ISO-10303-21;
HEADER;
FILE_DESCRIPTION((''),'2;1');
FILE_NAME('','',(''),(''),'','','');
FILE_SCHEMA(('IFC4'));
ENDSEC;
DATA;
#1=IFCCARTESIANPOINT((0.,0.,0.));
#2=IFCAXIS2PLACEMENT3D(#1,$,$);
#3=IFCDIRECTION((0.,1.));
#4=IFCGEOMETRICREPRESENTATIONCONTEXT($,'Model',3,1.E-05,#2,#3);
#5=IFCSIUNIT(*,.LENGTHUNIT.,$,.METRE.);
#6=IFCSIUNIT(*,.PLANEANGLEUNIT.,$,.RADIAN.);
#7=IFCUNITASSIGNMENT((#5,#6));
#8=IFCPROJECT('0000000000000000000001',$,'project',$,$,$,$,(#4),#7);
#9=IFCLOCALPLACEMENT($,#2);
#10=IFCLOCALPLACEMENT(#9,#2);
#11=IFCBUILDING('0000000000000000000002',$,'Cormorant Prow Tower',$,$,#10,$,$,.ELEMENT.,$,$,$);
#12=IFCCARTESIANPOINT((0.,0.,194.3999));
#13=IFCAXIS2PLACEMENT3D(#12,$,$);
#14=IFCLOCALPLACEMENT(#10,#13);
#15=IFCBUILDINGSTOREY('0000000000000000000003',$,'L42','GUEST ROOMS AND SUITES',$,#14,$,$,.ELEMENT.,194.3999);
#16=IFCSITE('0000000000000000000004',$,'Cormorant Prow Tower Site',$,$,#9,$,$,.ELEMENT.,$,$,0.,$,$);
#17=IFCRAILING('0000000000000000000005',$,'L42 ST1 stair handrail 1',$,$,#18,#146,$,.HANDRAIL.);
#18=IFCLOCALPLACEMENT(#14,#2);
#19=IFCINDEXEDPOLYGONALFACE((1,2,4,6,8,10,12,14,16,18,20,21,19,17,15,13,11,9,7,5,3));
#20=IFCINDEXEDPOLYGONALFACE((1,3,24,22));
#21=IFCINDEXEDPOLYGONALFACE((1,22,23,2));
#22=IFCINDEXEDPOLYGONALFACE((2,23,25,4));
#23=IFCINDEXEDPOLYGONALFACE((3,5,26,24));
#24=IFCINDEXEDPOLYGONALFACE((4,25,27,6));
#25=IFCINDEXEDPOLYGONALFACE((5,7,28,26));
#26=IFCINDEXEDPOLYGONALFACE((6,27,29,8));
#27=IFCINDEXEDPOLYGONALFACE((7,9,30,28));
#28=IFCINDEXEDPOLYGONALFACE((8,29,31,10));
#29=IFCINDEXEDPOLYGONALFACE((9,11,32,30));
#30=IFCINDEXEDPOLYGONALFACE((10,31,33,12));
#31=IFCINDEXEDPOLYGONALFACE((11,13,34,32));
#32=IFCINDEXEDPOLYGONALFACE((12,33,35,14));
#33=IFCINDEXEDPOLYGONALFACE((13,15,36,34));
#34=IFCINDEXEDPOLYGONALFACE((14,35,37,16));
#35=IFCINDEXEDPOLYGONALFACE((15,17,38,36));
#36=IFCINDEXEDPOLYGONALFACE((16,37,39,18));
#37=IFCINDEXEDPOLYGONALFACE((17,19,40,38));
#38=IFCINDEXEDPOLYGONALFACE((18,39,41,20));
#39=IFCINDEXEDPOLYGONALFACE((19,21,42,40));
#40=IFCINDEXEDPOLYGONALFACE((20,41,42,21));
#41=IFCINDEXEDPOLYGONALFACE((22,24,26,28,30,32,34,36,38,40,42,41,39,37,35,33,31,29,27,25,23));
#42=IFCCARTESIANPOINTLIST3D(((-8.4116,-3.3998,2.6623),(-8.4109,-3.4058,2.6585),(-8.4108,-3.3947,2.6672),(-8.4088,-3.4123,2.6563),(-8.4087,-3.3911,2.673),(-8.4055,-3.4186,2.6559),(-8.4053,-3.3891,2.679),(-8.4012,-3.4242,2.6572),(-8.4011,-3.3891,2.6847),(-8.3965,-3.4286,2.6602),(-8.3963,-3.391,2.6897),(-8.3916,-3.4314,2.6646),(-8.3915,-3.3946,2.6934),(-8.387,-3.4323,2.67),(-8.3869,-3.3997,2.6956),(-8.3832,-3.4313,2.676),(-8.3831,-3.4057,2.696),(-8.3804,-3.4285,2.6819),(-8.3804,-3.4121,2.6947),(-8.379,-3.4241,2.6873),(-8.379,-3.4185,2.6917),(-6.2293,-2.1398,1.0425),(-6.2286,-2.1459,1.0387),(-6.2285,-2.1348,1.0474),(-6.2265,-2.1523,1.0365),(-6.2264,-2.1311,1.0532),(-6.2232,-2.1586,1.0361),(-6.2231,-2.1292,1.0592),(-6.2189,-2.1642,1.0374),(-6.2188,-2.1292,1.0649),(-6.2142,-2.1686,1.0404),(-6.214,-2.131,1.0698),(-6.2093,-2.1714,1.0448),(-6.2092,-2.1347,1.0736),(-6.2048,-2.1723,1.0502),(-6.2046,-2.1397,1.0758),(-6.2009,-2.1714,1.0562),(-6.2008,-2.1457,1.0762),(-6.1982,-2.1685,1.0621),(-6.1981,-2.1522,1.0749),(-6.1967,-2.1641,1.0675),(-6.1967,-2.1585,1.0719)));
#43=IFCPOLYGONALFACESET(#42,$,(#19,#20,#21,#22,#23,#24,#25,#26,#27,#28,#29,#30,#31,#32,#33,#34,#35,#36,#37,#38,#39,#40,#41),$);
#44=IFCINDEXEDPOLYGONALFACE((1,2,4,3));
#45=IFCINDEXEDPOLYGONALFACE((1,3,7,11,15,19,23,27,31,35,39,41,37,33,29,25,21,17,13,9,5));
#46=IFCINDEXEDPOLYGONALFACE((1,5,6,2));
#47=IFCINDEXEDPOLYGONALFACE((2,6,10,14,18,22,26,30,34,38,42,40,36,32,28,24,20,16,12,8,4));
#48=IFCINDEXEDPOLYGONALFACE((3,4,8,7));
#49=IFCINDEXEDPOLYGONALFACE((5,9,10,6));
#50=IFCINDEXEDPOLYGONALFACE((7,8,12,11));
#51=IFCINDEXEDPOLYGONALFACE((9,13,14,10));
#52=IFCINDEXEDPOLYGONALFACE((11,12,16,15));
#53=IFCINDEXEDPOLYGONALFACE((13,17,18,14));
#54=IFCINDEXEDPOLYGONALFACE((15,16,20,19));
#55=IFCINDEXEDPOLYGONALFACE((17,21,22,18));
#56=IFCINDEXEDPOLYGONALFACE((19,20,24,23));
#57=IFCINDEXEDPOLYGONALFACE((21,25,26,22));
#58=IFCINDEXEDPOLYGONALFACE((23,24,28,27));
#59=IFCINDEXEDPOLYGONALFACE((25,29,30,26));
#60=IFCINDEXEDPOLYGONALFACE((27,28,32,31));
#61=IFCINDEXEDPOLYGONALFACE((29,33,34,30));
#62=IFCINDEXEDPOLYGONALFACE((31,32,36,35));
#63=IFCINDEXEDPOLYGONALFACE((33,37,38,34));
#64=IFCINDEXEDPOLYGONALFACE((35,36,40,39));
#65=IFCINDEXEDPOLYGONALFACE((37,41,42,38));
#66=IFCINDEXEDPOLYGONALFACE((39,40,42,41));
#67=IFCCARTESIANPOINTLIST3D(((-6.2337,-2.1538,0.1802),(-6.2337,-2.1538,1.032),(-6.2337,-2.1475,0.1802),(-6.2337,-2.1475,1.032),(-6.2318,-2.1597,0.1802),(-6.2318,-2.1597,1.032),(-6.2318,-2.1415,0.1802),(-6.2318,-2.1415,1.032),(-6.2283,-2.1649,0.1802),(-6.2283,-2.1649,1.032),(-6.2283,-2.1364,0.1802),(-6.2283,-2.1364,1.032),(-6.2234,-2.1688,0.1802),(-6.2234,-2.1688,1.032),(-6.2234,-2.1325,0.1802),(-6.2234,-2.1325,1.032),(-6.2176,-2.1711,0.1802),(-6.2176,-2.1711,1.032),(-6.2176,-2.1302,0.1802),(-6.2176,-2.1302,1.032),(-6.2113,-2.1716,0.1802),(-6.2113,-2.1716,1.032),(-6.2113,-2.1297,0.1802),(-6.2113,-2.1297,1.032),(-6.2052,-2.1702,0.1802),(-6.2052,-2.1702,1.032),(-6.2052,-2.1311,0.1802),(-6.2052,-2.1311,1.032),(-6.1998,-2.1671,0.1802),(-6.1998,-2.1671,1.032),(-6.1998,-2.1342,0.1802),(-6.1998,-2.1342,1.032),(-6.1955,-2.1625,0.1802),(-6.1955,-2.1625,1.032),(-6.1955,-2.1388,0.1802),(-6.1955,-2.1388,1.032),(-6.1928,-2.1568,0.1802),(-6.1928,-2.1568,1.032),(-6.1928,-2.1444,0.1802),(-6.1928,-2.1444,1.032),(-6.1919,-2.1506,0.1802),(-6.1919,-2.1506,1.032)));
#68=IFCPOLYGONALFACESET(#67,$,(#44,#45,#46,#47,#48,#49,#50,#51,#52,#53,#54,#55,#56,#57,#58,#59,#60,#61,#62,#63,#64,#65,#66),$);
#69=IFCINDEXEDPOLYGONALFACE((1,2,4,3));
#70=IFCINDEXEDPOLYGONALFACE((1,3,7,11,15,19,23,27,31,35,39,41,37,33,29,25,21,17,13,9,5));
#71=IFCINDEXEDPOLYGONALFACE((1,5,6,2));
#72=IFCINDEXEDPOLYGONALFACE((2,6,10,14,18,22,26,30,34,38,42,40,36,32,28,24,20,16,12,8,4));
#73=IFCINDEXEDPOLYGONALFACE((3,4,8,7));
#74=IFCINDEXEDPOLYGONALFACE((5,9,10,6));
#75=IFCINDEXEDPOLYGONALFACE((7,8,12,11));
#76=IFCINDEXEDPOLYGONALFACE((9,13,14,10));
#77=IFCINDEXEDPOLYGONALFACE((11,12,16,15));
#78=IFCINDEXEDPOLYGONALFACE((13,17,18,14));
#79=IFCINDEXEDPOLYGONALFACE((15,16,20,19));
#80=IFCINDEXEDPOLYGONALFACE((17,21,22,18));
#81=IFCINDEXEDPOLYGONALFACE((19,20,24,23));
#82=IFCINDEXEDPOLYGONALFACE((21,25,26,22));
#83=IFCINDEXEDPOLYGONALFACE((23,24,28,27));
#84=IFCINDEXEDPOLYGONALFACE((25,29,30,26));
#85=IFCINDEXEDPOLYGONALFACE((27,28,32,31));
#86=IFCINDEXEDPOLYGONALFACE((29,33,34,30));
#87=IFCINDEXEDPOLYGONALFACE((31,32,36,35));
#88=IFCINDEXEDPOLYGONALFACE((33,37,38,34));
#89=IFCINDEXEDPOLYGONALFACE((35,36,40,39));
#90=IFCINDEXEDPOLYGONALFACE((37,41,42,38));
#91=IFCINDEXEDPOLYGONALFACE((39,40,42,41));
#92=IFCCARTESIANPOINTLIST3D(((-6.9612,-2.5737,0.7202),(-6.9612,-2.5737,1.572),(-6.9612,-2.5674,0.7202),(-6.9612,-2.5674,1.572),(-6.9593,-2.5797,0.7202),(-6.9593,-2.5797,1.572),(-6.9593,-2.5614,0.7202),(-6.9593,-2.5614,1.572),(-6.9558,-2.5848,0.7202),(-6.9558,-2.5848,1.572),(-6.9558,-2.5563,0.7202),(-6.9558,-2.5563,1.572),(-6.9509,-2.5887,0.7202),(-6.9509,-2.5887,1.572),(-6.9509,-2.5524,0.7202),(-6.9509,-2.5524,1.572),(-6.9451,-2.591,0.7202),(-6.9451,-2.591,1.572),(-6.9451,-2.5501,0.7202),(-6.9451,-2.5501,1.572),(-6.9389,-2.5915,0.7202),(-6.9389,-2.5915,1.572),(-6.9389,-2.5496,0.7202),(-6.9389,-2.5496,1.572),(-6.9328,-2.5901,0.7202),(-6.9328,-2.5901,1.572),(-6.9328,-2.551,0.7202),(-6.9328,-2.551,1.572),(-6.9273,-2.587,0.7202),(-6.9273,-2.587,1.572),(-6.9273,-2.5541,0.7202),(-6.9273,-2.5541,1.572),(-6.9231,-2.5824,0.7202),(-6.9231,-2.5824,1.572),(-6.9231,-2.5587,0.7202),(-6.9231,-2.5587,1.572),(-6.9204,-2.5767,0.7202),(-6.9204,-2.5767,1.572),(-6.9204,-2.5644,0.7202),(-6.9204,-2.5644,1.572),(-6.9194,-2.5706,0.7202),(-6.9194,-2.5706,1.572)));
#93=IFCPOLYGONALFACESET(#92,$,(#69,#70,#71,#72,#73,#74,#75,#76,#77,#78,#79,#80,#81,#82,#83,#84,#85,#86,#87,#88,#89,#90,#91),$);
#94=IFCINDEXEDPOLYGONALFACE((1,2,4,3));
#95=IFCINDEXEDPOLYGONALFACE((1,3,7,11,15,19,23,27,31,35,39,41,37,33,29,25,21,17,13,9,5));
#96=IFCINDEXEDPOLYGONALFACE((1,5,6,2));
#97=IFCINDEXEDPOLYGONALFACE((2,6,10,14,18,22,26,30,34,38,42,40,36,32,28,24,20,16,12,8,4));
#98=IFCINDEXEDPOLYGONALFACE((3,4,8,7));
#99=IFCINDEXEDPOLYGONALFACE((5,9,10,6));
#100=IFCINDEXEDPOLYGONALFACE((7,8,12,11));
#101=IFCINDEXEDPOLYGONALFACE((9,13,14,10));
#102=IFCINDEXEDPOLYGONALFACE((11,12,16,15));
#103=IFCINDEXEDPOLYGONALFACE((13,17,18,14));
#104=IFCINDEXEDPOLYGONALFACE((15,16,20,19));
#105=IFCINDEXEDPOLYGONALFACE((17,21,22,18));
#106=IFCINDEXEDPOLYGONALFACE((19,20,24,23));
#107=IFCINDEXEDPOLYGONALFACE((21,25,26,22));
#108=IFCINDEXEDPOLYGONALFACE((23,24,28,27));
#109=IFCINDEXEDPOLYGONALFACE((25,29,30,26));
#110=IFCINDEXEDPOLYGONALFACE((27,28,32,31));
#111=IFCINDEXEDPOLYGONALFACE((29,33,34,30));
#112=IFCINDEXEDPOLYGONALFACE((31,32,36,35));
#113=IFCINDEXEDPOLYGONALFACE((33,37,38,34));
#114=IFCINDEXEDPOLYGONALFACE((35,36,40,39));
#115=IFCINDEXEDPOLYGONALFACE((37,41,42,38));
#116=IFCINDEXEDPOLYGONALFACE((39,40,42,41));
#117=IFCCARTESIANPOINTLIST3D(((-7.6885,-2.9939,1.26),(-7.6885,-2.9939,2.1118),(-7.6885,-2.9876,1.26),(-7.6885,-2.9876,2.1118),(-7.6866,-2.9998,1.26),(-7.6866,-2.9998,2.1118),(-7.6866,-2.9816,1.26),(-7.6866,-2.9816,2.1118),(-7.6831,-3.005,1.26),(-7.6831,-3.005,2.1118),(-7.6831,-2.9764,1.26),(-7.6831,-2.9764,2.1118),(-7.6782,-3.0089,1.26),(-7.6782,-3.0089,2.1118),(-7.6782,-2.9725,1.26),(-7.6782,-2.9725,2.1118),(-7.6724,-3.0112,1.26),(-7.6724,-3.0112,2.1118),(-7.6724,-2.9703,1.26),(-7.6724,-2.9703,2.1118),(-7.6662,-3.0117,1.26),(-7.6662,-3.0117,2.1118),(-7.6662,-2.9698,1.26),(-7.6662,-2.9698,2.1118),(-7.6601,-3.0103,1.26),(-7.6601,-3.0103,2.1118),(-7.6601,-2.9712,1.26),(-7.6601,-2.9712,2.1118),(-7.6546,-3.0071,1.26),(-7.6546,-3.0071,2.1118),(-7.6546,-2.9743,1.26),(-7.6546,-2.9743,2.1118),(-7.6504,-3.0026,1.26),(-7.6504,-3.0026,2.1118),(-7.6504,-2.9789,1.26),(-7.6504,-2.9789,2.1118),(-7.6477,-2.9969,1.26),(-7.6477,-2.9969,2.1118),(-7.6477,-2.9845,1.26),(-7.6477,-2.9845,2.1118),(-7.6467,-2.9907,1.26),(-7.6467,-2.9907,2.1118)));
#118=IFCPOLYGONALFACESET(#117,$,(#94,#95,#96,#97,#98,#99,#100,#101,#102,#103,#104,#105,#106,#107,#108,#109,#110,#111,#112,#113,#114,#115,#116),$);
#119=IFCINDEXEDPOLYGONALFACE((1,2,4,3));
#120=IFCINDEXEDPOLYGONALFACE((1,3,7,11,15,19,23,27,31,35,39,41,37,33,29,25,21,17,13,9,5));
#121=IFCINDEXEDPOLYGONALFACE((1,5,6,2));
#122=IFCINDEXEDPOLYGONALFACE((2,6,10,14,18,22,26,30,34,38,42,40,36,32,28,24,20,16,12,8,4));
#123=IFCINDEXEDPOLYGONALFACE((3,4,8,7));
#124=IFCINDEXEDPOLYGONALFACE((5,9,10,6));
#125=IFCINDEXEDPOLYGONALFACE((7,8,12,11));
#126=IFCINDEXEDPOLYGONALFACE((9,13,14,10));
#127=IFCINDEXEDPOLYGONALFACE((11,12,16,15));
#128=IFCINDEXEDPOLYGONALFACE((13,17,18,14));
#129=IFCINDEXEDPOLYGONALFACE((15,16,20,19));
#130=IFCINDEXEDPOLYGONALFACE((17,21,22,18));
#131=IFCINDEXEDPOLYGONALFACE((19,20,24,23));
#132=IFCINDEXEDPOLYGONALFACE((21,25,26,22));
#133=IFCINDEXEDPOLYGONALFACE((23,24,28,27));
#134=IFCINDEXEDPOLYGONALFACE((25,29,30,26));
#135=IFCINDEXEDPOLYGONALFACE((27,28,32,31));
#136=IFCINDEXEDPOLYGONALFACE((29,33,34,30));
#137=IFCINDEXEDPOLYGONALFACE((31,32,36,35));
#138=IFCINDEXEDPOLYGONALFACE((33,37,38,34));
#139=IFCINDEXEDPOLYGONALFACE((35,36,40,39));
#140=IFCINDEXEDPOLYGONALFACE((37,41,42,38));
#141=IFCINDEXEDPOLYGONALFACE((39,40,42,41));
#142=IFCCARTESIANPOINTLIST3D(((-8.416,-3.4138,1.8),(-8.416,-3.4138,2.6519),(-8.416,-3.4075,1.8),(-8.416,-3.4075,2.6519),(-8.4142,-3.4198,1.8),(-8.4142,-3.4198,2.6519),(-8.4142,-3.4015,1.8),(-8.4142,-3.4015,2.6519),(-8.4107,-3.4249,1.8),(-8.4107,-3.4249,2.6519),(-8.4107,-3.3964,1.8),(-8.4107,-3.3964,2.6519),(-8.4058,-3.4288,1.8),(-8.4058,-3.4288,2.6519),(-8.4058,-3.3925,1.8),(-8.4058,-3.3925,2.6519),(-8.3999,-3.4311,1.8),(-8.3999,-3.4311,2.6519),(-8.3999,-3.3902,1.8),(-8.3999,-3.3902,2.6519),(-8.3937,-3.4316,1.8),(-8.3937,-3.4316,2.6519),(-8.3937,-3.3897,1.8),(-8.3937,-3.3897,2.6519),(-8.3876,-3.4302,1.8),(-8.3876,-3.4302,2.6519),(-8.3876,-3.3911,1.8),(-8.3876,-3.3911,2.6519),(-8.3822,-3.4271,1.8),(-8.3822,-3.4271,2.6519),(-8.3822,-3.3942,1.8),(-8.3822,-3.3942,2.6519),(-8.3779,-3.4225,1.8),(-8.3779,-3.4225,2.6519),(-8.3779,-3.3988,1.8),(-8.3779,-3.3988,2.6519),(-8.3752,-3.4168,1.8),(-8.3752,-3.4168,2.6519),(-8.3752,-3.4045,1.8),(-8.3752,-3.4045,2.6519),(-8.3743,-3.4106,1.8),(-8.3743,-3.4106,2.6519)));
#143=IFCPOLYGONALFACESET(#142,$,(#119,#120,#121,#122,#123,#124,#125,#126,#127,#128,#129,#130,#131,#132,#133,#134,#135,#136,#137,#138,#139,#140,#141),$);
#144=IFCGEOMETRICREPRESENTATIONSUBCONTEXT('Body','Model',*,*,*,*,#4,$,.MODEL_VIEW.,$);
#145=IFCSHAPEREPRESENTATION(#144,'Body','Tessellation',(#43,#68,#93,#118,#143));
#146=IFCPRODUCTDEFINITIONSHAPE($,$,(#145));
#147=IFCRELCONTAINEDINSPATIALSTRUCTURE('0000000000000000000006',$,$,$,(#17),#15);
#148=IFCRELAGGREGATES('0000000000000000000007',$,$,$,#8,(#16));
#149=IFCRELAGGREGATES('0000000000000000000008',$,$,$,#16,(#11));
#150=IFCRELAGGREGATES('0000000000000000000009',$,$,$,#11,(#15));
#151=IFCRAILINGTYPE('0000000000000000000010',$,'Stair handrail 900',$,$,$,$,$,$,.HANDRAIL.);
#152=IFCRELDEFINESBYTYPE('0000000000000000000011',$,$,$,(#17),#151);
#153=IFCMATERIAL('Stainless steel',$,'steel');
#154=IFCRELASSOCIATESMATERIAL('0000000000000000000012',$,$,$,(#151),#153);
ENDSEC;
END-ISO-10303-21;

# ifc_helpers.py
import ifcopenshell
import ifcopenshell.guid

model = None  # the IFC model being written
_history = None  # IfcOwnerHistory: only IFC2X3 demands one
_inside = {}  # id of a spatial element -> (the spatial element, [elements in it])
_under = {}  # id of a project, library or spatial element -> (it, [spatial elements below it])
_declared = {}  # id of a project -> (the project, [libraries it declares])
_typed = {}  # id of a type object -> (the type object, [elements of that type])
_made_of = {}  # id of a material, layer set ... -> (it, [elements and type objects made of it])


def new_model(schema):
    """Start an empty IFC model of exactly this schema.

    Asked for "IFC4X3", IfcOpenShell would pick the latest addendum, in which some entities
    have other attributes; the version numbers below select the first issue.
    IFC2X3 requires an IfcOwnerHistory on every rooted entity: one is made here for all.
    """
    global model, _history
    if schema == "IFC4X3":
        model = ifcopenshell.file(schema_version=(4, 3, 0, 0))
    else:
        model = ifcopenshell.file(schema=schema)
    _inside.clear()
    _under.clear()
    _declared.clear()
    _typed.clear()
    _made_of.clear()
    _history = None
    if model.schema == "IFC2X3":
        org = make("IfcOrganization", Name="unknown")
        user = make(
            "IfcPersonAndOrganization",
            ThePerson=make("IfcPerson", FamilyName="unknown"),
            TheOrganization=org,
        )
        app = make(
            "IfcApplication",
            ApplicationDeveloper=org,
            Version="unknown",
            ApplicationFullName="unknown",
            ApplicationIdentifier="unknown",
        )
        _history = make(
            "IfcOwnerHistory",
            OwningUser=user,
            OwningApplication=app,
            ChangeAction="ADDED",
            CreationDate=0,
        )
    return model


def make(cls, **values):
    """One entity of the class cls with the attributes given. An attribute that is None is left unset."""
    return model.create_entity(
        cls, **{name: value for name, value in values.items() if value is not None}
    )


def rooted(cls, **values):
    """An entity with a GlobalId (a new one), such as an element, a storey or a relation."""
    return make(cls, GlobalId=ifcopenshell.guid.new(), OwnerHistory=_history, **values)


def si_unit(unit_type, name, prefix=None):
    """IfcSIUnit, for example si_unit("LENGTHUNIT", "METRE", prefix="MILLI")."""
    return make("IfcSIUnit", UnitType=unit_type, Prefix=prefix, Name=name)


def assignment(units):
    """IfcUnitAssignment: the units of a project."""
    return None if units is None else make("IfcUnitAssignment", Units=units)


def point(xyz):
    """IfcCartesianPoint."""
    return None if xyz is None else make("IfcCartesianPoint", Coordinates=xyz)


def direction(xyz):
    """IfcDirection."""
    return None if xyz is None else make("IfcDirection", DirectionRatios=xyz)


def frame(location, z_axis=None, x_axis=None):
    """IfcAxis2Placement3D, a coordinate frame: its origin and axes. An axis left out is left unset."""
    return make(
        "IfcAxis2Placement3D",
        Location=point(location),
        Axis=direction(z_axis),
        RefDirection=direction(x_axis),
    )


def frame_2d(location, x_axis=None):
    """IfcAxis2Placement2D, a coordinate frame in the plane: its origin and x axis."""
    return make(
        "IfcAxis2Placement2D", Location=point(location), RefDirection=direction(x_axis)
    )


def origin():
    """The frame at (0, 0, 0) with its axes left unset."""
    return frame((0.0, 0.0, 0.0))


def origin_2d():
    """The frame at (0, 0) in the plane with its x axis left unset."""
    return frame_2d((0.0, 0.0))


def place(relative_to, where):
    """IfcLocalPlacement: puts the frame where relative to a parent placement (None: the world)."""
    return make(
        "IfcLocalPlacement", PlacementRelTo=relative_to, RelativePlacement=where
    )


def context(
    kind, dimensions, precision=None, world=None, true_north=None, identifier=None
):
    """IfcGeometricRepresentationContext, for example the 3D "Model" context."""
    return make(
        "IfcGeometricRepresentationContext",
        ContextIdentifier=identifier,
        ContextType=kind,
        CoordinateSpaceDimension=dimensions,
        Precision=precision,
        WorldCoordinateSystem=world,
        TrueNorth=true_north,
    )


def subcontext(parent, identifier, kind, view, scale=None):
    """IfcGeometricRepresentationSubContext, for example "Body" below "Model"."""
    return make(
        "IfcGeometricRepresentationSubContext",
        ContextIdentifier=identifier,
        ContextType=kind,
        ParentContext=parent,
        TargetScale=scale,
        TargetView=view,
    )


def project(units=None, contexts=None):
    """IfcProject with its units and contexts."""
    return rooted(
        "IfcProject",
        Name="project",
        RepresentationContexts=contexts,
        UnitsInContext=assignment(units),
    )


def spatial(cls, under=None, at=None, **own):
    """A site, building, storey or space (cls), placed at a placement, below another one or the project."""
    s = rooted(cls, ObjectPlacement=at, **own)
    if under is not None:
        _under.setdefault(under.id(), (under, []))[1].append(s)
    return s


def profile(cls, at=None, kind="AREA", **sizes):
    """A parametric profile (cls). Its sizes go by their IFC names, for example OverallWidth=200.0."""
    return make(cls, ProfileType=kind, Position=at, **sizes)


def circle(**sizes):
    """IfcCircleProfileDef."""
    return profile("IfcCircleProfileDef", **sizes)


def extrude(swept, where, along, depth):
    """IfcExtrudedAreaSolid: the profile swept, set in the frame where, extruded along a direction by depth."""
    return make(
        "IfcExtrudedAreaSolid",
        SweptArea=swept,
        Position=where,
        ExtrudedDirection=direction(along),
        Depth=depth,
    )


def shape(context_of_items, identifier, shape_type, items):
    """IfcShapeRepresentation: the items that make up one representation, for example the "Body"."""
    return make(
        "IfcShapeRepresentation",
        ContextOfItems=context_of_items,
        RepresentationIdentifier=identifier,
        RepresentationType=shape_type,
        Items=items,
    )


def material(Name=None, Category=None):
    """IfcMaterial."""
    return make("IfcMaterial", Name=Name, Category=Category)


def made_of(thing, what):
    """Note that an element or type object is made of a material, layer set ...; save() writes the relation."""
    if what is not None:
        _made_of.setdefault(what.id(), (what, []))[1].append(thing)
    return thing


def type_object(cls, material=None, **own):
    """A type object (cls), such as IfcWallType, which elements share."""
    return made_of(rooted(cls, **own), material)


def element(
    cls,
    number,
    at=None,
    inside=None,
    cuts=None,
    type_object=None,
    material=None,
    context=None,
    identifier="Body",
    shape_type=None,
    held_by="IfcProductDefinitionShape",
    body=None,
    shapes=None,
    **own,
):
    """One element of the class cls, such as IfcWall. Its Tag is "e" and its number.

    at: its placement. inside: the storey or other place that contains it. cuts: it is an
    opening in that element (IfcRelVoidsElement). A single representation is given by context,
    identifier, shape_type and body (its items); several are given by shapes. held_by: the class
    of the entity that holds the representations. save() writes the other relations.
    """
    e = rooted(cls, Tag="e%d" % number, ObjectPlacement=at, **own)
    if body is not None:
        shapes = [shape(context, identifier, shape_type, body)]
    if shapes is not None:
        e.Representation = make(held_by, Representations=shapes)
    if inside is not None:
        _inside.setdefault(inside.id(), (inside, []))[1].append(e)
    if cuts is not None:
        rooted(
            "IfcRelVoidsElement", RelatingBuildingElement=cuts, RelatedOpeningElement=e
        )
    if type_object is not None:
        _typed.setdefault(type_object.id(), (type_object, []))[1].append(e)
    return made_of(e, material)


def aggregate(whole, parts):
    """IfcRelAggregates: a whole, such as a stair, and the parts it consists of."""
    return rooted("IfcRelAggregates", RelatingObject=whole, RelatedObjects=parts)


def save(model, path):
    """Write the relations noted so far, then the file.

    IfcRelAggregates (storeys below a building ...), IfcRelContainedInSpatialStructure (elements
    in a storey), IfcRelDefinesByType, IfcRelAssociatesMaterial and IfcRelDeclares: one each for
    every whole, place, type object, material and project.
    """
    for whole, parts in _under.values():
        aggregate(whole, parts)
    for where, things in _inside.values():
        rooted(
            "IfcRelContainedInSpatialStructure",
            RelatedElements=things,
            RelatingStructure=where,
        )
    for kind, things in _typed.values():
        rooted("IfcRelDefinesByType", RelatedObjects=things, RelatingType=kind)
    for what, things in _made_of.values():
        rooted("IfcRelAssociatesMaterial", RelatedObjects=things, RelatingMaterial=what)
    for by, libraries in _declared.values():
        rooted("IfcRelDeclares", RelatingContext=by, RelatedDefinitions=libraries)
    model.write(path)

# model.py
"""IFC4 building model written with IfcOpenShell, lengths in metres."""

from ifc_helpers import new_model, si_unit, direction, frame, origin, origin_2d, place, context, subcontext, project, spatial, circle, extrude, material, type_object, element, save


model = new_model("IFC4")

# Units and contexts
model_context = context("Model", 3, precision=1e-05, world=origin(), true_north=direction((0.0, 1.0)))
body_context = subcontext(model_context, "Body", "Model", "MODEL_VIEW")
ifc_project = project(units=[si_unit("LENGTHUNIT", "METRE"), si_unit("PLANEANGLEUNIT", "RADIAN")], contexts=[model_context])

# Site, building, storey
site_placement = place(None, origin())
site = spatial("IfcSite", under=ifc_project, at=site_placement, Name="Cormorant Prow Tower Site", CompositionType="ELEMENT", RefElevation=0.0)
building_placement = place(site_placement, origin())
building = spatial("IfcBuilding", under=site, at=building_placement, Name="Cormorant Prow Tower", CompositionType="ELEMENT")
storey_placement = place(building_placement, frame((0.0, 0.0, 194.3999)))
storey = spatial("IfcBuildingStorey", under=building, at=storey_placement, Name="L42", Description="GUEST ROOMS AND SUITES", CompositionType="ELEMENT", Elevation=194.3999)

# Railing
ifc_material_1 = material(Name="Stainless steel", Category="steel")
railing_type_1 = type_object("IfcRailingType", Name="Stair handrail 900", PredefinedType="HANDRAIL", material=ifc_material_1)
railing_1_placement = place(storey_placement, frame((-6.2129, -2.1506, 0.1802)))
element("IfcRailing", 1, at=railing_1_placement, inside=storey, type_object=railing_type_1, Name="L42 ST1 stair handrail 1", PredefinedType="HANDRAIL", context=body_context, shape_type="SweptSolid", body=[
    extrude(circle(Radius=0.0239, at=origin_2d()), frame((0.0, 0.0, 0.876), z_axis=(-0.728496, -0.420603, 0.540728), x_axis=(0.500005, -0.866023, 0.0)), (0.0, 0.0, 1.0), 2.9956),
    extrude(circle(Radius=0.021, at=origin_2d()), origin(), (0.0, 0.0, 1.0), 0.8518),
    extrude(circle(Radius=0.021, at=origin_2d()), frame((-0.7275, -0.4199, 0.54)), (0.0, 0.0, 1.0), 0.8518),
    extrude(circle(Radius=0.021, at=origin_2d()), frame((-1.4548, -0.8401, 1.0798)), (0.0, 0.0, 1.0), 0.8518),
    extrude(circle(Radius=0.021, at=origin_2d()), frame((-2.1824, -1.26, 1.6199)), (0.0, 0.0, 1.0), 0.8518),
])

save(model, "model.ifc")
